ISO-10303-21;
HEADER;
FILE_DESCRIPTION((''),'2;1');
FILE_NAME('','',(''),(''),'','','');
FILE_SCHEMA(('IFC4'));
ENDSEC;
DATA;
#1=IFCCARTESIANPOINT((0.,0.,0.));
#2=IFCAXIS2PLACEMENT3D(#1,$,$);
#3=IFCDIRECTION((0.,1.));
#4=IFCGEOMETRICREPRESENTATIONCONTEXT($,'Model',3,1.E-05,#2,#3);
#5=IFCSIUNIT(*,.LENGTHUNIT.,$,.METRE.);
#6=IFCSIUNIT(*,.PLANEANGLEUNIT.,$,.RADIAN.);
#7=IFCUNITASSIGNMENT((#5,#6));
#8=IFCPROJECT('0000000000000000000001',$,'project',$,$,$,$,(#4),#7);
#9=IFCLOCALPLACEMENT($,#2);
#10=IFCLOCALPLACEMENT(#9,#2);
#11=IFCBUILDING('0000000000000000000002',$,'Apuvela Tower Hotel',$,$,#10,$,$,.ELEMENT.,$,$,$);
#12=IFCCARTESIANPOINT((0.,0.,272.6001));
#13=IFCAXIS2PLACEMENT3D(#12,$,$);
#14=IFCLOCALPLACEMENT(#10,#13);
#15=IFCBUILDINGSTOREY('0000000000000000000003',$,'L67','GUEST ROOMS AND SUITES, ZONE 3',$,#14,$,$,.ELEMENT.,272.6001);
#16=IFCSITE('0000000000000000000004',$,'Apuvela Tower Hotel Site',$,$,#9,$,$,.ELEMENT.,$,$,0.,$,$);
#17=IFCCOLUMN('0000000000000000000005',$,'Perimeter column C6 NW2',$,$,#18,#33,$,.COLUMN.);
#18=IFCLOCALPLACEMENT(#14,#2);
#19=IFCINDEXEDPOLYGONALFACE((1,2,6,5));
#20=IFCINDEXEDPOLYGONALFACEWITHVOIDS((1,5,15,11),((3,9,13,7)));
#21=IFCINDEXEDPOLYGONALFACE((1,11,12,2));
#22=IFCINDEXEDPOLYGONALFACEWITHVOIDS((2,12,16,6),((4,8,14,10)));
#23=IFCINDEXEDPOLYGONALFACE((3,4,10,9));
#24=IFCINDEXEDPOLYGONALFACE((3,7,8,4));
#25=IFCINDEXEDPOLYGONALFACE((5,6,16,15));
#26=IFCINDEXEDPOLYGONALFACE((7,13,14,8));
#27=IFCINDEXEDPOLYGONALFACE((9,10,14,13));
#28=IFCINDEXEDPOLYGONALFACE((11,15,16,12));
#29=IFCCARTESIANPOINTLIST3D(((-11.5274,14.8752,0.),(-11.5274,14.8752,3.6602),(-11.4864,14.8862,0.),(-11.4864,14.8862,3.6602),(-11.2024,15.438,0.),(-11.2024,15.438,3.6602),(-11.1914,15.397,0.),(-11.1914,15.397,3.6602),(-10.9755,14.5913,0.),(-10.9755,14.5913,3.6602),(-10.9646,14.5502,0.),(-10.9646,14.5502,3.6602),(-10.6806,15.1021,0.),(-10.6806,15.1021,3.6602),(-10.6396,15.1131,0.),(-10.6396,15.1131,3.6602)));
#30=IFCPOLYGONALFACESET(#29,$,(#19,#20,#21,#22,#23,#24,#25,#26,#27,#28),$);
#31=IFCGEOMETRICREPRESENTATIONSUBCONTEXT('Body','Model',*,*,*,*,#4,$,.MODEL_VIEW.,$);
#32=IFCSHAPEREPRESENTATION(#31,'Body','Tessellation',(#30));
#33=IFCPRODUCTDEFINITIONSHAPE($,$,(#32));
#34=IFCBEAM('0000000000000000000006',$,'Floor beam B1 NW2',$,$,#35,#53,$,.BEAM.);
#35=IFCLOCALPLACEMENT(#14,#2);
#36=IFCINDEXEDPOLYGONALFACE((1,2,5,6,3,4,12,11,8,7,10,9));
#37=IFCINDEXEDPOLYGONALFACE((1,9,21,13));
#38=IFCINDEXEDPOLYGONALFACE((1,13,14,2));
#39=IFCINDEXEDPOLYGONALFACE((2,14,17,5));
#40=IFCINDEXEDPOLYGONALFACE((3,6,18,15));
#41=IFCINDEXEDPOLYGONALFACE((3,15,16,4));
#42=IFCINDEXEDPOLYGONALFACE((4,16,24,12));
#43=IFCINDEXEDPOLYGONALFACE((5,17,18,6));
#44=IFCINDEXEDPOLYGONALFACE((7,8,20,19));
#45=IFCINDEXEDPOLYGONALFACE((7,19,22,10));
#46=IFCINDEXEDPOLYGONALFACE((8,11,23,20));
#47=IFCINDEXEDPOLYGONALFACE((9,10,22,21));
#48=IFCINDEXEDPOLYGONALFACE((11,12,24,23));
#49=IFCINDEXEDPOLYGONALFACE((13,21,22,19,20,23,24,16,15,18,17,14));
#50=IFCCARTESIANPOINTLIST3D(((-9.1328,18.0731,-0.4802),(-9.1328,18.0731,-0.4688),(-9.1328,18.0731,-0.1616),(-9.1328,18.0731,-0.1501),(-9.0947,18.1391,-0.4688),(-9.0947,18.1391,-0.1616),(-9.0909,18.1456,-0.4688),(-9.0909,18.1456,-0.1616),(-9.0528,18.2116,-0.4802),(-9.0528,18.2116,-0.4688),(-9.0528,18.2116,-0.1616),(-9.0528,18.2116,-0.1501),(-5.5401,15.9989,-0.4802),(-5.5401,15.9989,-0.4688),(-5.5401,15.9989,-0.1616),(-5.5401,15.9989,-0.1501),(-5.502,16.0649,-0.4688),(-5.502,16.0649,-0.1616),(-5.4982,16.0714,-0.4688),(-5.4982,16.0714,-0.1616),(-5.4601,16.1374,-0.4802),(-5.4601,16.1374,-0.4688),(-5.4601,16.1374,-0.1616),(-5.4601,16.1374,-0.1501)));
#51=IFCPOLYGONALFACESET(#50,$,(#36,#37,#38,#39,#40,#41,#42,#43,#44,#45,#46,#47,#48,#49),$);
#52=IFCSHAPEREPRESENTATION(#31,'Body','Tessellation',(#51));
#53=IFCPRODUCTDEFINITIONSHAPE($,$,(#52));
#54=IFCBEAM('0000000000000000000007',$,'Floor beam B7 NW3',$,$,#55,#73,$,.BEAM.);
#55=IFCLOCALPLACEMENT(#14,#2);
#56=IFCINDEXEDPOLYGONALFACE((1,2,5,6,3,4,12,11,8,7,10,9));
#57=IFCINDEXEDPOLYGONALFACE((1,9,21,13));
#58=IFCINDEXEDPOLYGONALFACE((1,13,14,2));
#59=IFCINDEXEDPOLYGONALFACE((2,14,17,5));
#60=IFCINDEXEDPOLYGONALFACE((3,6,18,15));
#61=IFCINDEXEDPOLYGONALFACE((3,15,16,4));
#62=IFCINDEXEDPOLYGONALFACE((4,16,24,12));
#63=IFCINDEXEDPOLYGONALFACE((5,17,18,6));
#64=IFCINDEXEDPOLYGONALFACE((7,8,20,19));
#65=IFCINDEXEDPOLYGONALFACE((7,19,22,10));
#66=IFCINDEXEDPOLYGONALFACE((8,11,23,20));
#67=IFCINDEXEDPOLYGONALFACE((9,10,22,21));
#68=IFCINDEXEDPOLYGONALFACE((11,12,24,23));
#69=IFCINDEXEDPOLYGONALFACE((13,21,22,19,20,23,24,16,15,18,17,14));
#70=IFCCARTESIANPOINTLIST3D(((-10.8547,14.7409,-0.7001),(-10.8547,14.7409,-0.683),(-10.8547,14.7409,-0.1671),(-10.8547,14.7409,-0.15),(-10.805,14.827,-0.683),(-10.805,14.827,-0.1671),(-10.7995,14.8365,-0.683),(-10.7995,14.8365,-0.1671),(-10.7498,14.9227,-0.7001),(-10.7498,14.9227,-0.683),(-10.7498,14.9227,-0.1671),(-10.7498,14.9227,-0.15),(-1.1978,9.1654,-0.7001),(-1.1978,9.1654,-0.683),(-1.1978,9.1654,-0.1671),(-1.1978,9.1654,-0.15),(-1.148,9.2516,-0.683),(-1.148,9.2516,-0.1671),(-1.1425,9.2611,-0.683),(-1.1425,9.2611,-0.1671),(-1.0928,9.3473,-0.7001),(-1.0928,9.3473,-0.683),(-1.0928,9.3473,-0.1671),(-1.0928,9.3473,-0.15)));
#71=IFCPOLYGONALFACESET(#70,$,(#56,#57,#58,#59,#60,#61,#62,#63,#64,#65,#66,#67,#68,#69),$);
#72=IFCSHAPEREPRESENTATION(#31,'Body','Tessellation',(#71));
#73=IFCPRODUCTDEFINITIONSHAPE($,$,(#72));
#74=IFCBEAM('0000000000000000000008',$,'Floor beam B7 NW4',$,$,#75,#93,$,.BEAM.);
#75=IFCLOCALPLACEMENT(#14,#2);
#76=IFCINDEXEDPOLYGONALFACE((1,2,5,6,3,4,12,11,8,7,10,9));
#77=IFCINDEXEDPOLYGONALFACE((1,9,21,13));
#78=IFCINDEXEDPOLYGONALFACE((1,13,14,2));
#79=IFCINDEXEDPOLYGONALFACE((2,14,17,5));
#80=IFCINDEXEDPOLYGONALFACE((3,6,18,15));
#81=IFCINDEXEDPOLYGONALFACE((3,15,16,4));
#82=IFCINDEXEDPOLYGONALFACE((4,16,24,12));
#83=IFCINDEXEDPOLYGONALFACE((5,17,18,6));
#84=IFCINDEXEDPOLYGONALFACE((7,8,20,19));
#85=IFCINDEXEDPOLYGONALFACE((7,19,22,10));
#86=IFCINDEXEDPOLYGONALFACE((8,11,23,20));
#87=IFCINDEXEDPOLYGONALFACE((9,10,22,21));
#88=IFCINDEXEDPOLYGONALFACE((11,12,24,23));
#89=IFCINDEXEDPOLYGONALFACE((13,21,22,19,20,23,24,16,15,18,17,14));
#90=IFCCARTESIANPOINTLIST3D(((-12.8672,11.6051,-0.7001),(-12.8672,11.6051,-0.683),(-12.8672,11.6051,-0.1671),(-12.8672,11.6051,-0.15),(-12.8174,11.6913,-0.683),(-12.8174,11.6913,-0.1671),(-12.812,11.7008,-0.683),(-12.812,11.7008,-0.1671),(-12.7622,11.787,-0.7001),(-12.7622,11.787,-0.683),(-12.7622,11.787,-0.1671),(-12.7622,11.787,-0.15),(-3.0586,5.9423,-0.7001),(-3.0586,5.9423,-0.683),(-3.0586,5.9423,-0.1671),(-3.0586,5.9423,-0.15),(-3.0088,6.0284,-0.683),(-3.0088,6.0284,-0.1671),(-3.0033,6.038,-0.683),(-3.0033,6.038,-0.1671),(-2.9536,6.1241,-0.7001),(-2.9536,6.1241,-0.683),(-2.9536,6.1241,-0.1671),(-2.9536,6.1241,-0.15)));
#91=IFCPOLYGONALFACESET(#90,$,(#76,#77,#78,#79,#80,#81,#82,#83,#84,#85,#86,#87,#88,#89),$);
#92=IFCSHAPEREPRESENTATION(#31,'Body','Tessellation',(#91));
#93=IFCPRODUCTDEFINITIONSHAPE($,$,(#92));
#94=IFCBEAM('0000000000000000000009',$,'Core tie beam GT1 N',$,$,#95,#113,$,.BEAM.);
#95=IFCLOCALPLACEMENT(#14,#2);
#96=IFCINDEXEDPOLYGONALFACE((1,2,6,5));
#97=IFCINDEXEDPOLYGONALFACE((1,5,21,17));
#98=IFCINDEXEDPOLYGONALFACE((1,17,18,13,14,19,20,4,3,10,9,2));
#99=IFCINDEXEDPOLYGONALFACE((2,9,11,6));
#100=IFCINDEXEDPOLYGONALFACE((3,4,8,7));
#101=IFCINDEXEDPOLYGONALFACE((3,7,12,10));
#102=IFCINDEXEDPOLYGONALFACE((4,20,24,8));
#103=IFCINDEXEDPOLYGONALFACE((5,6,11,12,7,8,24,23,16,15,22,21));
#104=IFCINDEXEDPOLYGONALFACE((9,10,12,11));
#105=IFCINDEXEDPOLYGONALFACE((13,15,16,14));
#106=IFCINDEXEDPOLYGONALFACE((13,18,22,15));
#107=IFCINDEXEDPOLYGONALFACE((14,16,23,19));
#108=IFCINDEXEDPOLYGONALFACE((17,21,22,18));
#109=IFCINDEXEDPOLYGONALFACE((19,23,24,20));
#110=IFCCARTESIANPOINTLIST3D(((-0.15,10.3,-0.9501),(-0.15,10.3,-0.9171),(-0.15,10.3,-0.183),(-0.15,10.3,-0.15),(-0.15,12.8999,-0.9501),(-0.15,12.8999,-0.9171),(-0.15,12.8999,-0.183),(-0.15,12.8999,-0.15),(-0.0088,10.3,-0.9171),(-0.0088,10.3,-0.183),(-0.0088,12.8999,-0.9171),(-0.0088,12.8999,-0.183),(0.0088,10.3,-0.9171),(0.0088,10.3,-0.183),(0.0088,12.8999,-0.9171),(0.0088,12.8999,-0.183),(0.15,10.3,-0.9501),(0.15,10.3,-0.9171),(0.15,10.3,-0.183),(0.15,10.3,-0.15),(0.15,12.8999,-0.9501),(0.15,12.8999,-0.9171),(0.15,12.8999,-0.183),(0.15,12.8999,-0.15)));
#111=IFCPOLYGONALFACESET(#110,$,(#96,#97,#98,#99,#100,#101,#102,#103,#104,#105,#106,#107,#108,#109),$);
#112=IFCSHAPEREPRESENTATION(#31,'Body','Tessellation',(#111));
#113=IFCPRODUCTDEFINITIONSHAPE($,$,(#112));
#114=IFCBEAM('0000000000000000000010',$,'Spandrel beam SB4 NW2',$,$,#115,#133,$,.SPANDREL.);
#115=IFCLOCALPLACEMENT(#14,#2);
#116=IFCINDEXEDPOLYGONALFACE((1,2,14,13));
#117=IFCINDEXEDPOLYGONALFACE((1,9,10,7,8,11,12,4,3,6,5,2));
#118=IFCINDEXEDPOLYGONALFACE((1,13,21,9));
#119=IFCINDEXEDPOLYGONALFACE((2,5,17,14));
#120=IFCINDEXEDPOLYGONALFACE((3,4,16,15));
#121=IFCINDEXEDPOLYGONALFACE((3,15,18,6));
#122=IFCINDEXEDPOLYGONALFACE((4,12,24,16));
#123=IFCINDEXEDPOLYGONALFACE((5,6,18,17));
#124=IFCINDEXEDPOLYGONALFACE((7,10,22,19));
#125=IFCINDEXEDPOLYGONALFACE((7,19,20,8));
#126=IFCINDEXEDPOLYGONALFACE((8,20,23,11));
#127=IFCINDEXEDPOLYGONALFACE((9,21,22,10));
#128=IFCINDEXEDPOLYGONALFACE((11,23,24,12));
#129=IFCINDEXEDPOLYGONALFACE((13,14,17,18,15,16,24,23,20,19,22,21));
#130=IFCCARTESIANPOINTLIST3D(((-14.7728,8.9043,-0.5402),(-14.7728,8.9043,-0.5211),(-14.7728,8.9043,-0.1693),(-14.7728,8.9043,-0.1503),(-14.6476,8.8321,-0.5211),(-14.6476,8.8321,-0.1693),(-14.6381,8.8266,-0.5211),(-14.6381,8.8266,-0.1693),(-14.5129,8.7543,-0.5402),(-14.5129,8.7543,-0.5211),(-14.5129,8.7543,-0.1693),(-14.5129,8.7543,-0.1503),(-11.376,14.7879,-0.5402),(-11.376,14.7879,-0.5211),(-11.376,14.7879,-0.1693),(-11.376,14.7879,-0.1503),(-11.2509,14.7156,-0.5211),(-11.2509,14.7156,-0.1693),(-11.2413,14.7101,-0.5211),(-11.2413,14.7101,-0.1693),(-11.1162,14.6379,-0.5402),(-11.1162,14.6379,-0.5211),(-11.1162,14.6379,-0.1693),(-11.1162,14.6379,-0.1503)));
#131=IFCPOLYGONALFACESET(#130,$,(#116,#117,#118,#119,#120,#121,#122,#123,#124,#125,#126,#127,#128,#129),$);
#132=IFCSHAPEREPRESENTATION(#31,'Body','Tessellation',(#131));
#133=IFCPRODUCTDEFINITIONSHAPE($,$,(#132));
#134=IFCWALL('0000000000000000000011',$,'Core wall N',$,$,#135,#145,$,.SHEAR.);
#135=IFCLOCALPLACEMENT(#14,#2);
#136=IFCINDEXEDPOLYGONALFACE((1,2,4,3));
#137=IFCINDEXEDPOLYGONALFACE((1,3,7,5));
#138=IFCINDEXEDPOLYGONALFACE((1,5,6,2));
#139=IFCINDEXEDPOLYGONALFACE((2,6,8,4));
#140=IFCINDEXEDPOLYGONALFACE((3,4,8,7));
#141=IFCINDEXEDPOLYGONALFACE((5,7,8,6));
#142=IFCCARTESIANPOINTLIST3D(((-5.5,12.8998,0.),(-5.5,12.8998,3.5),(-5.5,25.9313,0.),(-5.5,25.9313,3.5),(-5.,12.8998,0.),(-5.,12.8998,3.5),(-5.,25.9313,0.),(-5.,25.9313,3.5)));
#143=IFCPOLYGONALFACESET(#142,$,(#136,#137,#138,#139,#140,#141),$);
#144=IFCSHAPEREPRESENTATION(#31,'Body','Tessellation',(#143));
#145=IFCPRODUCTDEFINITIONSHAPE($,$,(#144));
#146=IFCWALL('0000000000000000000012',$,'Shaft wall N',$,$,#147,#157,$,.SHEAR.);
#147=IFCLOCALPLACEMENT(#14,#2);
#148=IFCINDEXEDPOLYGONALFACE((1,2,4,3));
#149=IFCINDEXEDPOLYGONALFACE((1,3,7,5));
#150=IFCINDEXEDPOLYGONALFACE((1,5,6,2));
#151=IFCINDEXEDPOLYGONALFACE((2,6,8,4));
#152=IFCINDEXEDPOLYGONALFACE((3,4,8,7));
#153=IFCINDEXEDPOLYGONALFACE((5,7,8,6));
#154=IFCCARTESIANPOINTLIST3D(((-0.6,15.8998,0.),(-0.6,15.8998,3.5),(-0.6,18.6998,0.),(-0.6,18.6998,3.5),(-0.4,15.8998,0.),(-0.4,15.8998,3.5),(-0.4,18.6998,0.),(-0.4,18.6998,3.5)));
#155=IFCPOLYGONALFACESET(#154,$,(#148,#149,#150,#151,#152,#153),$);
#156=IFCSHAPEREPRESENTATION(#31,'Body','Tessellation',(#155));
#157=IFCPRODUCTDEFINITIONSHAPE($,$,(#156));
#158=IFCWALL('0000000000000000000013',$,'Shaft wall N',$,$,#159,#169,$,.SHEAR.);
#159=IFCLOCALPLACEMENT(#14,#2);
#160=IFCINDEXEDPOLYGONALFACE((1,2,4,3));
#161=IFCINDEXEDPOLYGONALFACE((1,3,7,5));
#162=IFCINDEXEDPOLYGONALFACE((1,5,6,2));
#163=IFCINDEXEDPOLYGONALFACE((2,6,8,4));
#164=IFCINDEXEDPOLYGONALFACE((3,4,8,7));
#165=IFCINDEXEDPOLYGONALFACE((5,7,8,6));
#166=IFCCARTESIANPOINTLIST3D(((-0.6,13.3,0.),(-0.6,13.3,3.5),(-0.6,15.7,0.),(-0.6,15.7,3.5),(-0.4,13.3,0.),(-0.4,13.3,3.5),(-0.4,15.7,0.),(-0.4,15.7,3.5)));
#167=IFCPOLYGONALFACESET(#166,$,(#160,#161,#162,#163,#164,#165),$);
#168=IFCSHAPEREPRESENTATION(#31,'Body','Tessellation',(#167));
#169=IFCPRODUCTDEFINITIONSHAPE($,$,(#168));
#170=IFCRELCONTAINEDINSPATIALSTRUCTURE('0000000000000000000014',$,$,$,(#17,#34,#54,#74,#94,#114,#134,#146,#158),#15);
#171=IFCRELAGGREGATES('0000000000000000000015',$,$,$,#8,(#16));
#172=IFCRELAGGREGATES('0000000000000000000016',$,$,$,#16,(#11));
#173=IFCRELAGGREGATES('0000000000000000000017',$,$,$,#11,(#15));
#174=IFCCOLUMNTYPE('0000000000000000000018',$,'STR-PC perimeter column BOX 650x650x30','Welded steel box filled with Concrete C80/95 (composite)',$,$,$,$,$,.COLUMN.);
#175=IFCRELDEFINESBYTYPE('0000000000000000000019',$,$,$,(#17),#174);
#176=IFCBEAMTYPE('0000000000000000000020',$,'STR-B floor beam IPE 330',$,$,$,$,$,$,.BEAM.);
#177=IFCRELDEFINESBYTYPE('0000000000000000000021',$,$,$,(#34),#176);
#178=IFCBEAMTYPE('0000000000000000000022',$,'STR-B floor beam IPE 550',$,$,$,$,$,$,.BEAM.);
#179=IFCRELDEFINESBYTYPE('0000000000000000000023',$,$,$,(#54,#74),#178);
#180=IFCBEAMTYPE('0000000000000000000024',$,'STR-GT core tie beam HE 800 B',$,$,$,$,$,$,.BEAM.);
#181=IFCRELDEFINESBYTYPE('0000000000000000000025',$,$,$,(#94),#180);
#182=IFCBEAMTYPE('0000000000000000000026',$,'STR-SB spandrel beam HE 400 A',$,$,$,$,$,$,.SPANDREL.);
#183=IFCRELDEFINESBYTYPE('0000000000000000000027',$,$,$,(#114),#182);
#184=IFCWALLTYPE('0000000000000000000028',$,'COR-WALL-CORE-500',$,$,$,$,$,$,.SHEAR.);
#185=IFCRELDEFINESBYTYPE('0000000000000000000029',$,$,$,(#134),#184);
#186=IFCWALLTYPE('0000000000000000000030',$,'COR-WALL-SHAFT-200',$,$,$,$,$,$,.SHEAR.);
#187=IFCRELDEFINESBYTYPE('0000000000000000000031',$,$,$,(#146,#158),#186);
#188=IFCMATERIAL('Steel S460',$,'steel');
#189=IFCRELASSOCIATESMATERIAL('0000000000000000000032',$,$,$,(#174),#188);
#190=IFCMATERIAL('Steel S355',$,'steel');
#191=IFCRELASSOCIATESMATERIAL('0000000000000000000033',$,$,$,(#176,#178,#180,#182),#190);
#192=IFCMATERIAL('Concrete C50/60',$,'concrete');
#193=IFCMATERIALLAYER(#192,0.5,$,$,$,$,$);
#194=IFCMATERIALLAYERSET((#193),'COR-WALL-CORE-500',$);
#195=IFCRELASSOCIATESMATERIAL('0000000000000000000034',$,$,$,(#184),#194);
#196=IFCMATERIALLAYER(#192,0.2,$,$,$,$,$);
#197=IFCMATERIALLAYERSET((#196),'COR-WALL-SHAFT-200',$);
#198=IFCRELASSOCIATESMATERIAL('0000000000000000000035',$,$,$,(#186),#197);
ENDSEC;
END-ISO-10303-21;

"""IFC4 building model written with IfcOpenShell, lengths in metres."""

from ifc_helpers import new_model, si_unit, direction, frame, frame_2d, origin, origin_2d, place, context, subcontext, project, spatial, rectangle, hollow_rectangle, i_section, extrude, boolean, halfspace, material, layer, layer_set, material_profile, profile_set, type_object, element, save


model = new_model("IFC4")

# Units and contexts
model_context = context("Model", 3, precision=1e-05, world=origin(), true_north=direction((0.0, 1.0)))
body_context = subcontext(model_context, "Body", "Model", "MODEL_VIEW")
ifc_project = project(units=[si_unit("LENGTHUNIT", "METRE"), si_unit("PLANEANGLEUNIT", "RADIAN")], contexts=[model_context])

# Site, building, storey
site_placement = place(None, origin())
site = spatial("IfcSite", under=ifc_project, at=site_placement, Name="Apuvela Tower Hotel Site", CompositionType="ELEMENT", RefElevation=0.0)
building_placement = place(site_placement, origin())
building = spatial("IfcBuilding", under=site, at=building_placement, Name="Apuvela Tower Hotel", CompositionType="ELEMENT")
storey_placement = place(building_placement, frame((0.0, 0.0, 272.6001)))
storey = spatial("IfcBuildingStorey", under=building, at=storey_placement, Name="L67", Description="GUEST ROOMS AND SUITES, ZONE 3", CompositionType="ELEMENT", Elevation=272.6001)

# Column
ifc_material_1 = material(Name="Steel S460", Category="steel")
ifc_material_profile_1 = material_profile(ifc_material_1, hollow_rectangle(XDim=0.6499, YDim=0.6499, WallThickness=0.03, at=origin_2d()), Name="BOX 650x650x30")
ifc_material_2 = material(Name="Concrete C80/95", Category="concrete")
ifc_material_profile_2 = material_profile(ifc_material_2, rectangle(XDim=0.5901, YDim=0.5901, at=origin_2d()), Name="Concrete C80/95 infill")
ifc_profile_set_1 = profile_set([ifc_material_profile_1, ifc_material_profile_2], Name="Steel S460")
column_type = type_object("IfcColumnType", Name="STR-PC perimeter column BOX 650x650x30", Description="Welded steel box filled with Concrete C80/95 (composite)", PredefinedType="COLUMN", material=ifc_profile_set_1)
column_placement = place(storey_placement, frame((-11.0835, 14.9941, 0.0), z_axis=(0.0, 0.0, 1.0), x_axis=(0.5, 0.866025, 0.0)))
element("IfcColumn", 1, at=column_placement, inside=storey, type_object=column_type, Name="Perimeter column C6 NW2", PredefinedType="COLUMN", context=body_context, shape_type="SweptSolid", body=[
    boolean("DIFFERENCE", extrude(hollow_rectangle(XDim=0.6499, YDim=0.6499, WallThickness=0.03, at=origin_2d()), origin(), (0.0, 0.0, 1.0), 3.7), halfspace(frame((0.0, 0.0, 3.6602), z_axis=(0.0, 0.0, 1.0), x_axis=(1.0, 0.0, 0.0)), False)),
])

# Beams
ifc_material_3 = material(Name="Steel S355", Category="steel")
ifc_material_profile_3 = material_profile(ifc_material_3, i_section(OverallWidth=0.1599, OverallDepth=0.3301, WebThickness=0.0076, FlangeThickness=0.0115, at=origin_2d()), Name="IPE 330")
ifc_profile_set_2 = profile_set([ifc_material_profile_3], Name="Steel S355")
beam_type_1 = type_object("IfcBeamType", Name="STR-B floor beam IPE 330", PredefinedType="BEAM", material=ifc_profile_set_2)
beam_1_placement = place(storey_placement, frame((-9.0928, 18.1423, -0.3152), z_axis=(0.866033, -0.499987, 0.0), x_axis=(0.499987, 0.866033, 0.0)))
element("IfcBeam", 2, at=beam_1_placement, inside=storey, type_object=beam_type_1, Name="Floor beam B1 NW2", PredefinedType="BEAM", context=body_context, shape_type="SweptSolid", body=[
    extrude(i_section(OverallWidth=0.1599, OverallDepth=0.3301, WebThickness=0.0076, FlangeThickness=0.0115, at=origin_2d()), origin(), (0.0, 0.0, 1.0), 4.1484),
])
ifc_material_profile_4 = material_profile(ifc_material_3, i_section(OverallWidth=0.21, OverallDepth=0.55, WebThickness=0.011, FlangeThickness=0.0171, at=origin_2d()), Name="IPE 550")
ifc_profile_set_3 = profile_set([ifc_material_profile_4], Name="Steel S355")
beam_type_2 = type_object("IfcBeamType", Name="STR-B floor beam IPE 550", PredefinedType="BEAM", material=ifc_profile_set_3)
beam_2_placement = place(storey_placement, frame((-10.8022, 14.8318, -0.425), z_axis=(0.866026, -0.499999, 0.0), x_axis=(0.499999, 0.866026, 0.0)))
element("IfcBeam", 3, at=beam_2_placement, inside=storey, type_object=beam_type_2, Name="Floor beam B7 NW3", PredefinedType="BEAM", context=body_context, shape_type="SweptSolid", body=[
    extrude(i_section(OverallWidth=0.21, OverallDepth=0.55, WebThickness=0.011, FlangeThickness=0.0171, at=origin_2d()), origin(), (0.0, 0.0, 1.0), 11.1509),
])
beam_3_placement = place(storey_placement, frame((-12.8147, 11.696, -0.425), z_axis=(0.866031, -0.49999, 0.0), x_axis=(0.49999, 0.866031, 0.0)))
element("IfcBeam", 4, at=beam_3_placement, inside=storey, type_object=beam_type_2, Name="Floor beam B7 NW4", PredefinedType="BEAM", context=body_context, shape_type="SweptSolid", body=[
    extrude(i_section(OverallWidth=0.21, OverallDepth=0.55, WebThickness=0.011, FlangeThickness=0.0171, at=origin_2d()), origin(), (0.0, 0.0, 1.0), 11.3259),
])
ifc_material_profile_5 = material_profile(ifc_material_3, i_section(OverallWidth=0.3, OverallDepth=0.8, WebThickness=0.0176, FlangeThickness=0.033, at=origin_2d()), Name="HE 800 B")
ifc_profile_set_4 = profile_set([ifc_material_profile_5], Name="Steel S355")
beam_type_3 = type_object("IfcBeamType", Name="STR-GT core tie beam HE 800 B", PredefinedType="BEAM", material=ifc_profile_set_4)
beam_4_placement = place(storey_placement, frame((0.0, 12.8999, -0.55), z_axis=(0.0, -1.0, 0.0), x_axis=(1.0, 0.0, 0.0)))
element("IfcBeam", 5, at=beam_4_placement, inside=storey, type_object=beam_type_3, Name="Core tie beam GT1 N", PredefinedType="BEAM", context=body_context, shape_type="SweptSolid", body=[
    extrude(i_section(OverallWidth=0.3, OverallDepth=0.8, WebThickness=0.0176, FlangeThickness=0.033, at=origin_2d()), origin(), (0.0, 0.0, 1.0), 2.5999),
])
ifc_material_profile_6 = material_profile(ifc_material_3, i_section(OverallWidth=0.3, OverallDepth=0.3899, WebThickness=0.011, FlangeThickness=0.019, at=origin_2d()), Name="HE 400 A")
ifc_profile_set_5 = profile_set([ifc_material_profile_6], Name="Steel S355")
beam_type_4 = type_object("IfcBeamType", Name="STR-SB spandrel beam HE 400 A", PredefinedType="SPANDREL", material=ifc_profile_set_5)
beam_5_placement = place(storey_placement, frame((-11.2461, 14.7129, -0.3452), z_axis=(-0.499985, -0.866034, 0.0), x_axis=(0.866034, -0.499985, 0.0)))
element("IfcBeam", 6, at=beam_5_placement, inside=storey, type_object=beam_type_4, Name="Spandrel beam SB4 NW2", PredefinedType="SPANDREL", context=body_context, shape_type="SweptSolid", body=[
    extrude(i_section(OverallWidth=0.3, OverallDepth=0.3899, WebThickness=0.011, FlangeThickness=0.019, at=origin_2d()), origin(), (0.0, 0.0, 1.0), 6.7937),
])

# Walls
ifc_material_4 = material(Name="Concrete C50/60", Category="concrete")
ifc_layer_1 = layer(ifc_material_4, 0.5)
ifc_layer_set_1 = layer_set([ifc_layer_1], Name="COR-WALL-CORE-500")
wall_type_1 = type_object("IfcWallType", Name="COR-WALL-CORE-500", PredefinedType="SHEAR", material=ifc_layer_set_1)
wall_1_placement = place(storey_placement, frame((-5.25, 12.8999, 0.0), z_axis=(0.0, 0.0, 1.0), x_axis=(0.0, 1.0, 0.0)))
element("IfcWall", 7, at=wall_1_placement, inside=storey, type_object=wall_type_1, Name="Core wall N", PredefinedType="SHEAR", context=body_context, shape_type="SweptSolid", body=[
    extrude(rectangle(XDim=13.0315, YDim=0.5, at=frame_2d((6.5156, 0.0))), origin(), (0.0, 0.0, 1.0), 3.5),
])
ifc_layer_2 = layer(ifc_material_4, 0.2)
ifc_layer_set_2 = layer_set([ifc_layer_2], Name="COR-WALL-SHAFT-200")
wall_type_2 = type_object("IfcWallType", Name="COR-WALL-SHAFT-200", PredefinedType="SHEAR", material=ifc_layer_set_2)
wall_2_placement = place(storey_placement, frame((-0.5, 15.8999, 0.0), z_axis=(0.0, 0.0, 1.0), x_axis=(0.0, 1.0, 0.0)))
element("IfcWall", 8, at=wall_2_placement, inside=storey, type_object=wall_type_2, Name="Shaft wall N", PredefinedType="SHEAR", context=body_context, shape_type="SweptSolid", body=[
    extrude(rectangle(XDim=2.8, YDim=0.2, at=frame_2d((1.3999, 0.0))), origin(), (0.0, 0.0, 1.0), 3.5),
])
wall_3_placement = place(storey_placement, frame((-0.5, 13.3, 0.0), z_axis=(0.0, 0.0, 1.0), x_axis=(0.0, 1.0, 0.0)))
element("IfcWall", 9, at=wall_3_placement, inside=storey, type_object=wall_type_2, Name="Shaft wall N", PredefinedType="SHEAR", context=body_context, shape_type="SweptSolid", body=[
    extrude(rectangle(XDim=2.3999, YDim=0.2, at=frame_2d((1.2, 0.0))), origin(), (0.0, 0.0, 1.0), 3.5),
])

save(model, "model.ifc")
